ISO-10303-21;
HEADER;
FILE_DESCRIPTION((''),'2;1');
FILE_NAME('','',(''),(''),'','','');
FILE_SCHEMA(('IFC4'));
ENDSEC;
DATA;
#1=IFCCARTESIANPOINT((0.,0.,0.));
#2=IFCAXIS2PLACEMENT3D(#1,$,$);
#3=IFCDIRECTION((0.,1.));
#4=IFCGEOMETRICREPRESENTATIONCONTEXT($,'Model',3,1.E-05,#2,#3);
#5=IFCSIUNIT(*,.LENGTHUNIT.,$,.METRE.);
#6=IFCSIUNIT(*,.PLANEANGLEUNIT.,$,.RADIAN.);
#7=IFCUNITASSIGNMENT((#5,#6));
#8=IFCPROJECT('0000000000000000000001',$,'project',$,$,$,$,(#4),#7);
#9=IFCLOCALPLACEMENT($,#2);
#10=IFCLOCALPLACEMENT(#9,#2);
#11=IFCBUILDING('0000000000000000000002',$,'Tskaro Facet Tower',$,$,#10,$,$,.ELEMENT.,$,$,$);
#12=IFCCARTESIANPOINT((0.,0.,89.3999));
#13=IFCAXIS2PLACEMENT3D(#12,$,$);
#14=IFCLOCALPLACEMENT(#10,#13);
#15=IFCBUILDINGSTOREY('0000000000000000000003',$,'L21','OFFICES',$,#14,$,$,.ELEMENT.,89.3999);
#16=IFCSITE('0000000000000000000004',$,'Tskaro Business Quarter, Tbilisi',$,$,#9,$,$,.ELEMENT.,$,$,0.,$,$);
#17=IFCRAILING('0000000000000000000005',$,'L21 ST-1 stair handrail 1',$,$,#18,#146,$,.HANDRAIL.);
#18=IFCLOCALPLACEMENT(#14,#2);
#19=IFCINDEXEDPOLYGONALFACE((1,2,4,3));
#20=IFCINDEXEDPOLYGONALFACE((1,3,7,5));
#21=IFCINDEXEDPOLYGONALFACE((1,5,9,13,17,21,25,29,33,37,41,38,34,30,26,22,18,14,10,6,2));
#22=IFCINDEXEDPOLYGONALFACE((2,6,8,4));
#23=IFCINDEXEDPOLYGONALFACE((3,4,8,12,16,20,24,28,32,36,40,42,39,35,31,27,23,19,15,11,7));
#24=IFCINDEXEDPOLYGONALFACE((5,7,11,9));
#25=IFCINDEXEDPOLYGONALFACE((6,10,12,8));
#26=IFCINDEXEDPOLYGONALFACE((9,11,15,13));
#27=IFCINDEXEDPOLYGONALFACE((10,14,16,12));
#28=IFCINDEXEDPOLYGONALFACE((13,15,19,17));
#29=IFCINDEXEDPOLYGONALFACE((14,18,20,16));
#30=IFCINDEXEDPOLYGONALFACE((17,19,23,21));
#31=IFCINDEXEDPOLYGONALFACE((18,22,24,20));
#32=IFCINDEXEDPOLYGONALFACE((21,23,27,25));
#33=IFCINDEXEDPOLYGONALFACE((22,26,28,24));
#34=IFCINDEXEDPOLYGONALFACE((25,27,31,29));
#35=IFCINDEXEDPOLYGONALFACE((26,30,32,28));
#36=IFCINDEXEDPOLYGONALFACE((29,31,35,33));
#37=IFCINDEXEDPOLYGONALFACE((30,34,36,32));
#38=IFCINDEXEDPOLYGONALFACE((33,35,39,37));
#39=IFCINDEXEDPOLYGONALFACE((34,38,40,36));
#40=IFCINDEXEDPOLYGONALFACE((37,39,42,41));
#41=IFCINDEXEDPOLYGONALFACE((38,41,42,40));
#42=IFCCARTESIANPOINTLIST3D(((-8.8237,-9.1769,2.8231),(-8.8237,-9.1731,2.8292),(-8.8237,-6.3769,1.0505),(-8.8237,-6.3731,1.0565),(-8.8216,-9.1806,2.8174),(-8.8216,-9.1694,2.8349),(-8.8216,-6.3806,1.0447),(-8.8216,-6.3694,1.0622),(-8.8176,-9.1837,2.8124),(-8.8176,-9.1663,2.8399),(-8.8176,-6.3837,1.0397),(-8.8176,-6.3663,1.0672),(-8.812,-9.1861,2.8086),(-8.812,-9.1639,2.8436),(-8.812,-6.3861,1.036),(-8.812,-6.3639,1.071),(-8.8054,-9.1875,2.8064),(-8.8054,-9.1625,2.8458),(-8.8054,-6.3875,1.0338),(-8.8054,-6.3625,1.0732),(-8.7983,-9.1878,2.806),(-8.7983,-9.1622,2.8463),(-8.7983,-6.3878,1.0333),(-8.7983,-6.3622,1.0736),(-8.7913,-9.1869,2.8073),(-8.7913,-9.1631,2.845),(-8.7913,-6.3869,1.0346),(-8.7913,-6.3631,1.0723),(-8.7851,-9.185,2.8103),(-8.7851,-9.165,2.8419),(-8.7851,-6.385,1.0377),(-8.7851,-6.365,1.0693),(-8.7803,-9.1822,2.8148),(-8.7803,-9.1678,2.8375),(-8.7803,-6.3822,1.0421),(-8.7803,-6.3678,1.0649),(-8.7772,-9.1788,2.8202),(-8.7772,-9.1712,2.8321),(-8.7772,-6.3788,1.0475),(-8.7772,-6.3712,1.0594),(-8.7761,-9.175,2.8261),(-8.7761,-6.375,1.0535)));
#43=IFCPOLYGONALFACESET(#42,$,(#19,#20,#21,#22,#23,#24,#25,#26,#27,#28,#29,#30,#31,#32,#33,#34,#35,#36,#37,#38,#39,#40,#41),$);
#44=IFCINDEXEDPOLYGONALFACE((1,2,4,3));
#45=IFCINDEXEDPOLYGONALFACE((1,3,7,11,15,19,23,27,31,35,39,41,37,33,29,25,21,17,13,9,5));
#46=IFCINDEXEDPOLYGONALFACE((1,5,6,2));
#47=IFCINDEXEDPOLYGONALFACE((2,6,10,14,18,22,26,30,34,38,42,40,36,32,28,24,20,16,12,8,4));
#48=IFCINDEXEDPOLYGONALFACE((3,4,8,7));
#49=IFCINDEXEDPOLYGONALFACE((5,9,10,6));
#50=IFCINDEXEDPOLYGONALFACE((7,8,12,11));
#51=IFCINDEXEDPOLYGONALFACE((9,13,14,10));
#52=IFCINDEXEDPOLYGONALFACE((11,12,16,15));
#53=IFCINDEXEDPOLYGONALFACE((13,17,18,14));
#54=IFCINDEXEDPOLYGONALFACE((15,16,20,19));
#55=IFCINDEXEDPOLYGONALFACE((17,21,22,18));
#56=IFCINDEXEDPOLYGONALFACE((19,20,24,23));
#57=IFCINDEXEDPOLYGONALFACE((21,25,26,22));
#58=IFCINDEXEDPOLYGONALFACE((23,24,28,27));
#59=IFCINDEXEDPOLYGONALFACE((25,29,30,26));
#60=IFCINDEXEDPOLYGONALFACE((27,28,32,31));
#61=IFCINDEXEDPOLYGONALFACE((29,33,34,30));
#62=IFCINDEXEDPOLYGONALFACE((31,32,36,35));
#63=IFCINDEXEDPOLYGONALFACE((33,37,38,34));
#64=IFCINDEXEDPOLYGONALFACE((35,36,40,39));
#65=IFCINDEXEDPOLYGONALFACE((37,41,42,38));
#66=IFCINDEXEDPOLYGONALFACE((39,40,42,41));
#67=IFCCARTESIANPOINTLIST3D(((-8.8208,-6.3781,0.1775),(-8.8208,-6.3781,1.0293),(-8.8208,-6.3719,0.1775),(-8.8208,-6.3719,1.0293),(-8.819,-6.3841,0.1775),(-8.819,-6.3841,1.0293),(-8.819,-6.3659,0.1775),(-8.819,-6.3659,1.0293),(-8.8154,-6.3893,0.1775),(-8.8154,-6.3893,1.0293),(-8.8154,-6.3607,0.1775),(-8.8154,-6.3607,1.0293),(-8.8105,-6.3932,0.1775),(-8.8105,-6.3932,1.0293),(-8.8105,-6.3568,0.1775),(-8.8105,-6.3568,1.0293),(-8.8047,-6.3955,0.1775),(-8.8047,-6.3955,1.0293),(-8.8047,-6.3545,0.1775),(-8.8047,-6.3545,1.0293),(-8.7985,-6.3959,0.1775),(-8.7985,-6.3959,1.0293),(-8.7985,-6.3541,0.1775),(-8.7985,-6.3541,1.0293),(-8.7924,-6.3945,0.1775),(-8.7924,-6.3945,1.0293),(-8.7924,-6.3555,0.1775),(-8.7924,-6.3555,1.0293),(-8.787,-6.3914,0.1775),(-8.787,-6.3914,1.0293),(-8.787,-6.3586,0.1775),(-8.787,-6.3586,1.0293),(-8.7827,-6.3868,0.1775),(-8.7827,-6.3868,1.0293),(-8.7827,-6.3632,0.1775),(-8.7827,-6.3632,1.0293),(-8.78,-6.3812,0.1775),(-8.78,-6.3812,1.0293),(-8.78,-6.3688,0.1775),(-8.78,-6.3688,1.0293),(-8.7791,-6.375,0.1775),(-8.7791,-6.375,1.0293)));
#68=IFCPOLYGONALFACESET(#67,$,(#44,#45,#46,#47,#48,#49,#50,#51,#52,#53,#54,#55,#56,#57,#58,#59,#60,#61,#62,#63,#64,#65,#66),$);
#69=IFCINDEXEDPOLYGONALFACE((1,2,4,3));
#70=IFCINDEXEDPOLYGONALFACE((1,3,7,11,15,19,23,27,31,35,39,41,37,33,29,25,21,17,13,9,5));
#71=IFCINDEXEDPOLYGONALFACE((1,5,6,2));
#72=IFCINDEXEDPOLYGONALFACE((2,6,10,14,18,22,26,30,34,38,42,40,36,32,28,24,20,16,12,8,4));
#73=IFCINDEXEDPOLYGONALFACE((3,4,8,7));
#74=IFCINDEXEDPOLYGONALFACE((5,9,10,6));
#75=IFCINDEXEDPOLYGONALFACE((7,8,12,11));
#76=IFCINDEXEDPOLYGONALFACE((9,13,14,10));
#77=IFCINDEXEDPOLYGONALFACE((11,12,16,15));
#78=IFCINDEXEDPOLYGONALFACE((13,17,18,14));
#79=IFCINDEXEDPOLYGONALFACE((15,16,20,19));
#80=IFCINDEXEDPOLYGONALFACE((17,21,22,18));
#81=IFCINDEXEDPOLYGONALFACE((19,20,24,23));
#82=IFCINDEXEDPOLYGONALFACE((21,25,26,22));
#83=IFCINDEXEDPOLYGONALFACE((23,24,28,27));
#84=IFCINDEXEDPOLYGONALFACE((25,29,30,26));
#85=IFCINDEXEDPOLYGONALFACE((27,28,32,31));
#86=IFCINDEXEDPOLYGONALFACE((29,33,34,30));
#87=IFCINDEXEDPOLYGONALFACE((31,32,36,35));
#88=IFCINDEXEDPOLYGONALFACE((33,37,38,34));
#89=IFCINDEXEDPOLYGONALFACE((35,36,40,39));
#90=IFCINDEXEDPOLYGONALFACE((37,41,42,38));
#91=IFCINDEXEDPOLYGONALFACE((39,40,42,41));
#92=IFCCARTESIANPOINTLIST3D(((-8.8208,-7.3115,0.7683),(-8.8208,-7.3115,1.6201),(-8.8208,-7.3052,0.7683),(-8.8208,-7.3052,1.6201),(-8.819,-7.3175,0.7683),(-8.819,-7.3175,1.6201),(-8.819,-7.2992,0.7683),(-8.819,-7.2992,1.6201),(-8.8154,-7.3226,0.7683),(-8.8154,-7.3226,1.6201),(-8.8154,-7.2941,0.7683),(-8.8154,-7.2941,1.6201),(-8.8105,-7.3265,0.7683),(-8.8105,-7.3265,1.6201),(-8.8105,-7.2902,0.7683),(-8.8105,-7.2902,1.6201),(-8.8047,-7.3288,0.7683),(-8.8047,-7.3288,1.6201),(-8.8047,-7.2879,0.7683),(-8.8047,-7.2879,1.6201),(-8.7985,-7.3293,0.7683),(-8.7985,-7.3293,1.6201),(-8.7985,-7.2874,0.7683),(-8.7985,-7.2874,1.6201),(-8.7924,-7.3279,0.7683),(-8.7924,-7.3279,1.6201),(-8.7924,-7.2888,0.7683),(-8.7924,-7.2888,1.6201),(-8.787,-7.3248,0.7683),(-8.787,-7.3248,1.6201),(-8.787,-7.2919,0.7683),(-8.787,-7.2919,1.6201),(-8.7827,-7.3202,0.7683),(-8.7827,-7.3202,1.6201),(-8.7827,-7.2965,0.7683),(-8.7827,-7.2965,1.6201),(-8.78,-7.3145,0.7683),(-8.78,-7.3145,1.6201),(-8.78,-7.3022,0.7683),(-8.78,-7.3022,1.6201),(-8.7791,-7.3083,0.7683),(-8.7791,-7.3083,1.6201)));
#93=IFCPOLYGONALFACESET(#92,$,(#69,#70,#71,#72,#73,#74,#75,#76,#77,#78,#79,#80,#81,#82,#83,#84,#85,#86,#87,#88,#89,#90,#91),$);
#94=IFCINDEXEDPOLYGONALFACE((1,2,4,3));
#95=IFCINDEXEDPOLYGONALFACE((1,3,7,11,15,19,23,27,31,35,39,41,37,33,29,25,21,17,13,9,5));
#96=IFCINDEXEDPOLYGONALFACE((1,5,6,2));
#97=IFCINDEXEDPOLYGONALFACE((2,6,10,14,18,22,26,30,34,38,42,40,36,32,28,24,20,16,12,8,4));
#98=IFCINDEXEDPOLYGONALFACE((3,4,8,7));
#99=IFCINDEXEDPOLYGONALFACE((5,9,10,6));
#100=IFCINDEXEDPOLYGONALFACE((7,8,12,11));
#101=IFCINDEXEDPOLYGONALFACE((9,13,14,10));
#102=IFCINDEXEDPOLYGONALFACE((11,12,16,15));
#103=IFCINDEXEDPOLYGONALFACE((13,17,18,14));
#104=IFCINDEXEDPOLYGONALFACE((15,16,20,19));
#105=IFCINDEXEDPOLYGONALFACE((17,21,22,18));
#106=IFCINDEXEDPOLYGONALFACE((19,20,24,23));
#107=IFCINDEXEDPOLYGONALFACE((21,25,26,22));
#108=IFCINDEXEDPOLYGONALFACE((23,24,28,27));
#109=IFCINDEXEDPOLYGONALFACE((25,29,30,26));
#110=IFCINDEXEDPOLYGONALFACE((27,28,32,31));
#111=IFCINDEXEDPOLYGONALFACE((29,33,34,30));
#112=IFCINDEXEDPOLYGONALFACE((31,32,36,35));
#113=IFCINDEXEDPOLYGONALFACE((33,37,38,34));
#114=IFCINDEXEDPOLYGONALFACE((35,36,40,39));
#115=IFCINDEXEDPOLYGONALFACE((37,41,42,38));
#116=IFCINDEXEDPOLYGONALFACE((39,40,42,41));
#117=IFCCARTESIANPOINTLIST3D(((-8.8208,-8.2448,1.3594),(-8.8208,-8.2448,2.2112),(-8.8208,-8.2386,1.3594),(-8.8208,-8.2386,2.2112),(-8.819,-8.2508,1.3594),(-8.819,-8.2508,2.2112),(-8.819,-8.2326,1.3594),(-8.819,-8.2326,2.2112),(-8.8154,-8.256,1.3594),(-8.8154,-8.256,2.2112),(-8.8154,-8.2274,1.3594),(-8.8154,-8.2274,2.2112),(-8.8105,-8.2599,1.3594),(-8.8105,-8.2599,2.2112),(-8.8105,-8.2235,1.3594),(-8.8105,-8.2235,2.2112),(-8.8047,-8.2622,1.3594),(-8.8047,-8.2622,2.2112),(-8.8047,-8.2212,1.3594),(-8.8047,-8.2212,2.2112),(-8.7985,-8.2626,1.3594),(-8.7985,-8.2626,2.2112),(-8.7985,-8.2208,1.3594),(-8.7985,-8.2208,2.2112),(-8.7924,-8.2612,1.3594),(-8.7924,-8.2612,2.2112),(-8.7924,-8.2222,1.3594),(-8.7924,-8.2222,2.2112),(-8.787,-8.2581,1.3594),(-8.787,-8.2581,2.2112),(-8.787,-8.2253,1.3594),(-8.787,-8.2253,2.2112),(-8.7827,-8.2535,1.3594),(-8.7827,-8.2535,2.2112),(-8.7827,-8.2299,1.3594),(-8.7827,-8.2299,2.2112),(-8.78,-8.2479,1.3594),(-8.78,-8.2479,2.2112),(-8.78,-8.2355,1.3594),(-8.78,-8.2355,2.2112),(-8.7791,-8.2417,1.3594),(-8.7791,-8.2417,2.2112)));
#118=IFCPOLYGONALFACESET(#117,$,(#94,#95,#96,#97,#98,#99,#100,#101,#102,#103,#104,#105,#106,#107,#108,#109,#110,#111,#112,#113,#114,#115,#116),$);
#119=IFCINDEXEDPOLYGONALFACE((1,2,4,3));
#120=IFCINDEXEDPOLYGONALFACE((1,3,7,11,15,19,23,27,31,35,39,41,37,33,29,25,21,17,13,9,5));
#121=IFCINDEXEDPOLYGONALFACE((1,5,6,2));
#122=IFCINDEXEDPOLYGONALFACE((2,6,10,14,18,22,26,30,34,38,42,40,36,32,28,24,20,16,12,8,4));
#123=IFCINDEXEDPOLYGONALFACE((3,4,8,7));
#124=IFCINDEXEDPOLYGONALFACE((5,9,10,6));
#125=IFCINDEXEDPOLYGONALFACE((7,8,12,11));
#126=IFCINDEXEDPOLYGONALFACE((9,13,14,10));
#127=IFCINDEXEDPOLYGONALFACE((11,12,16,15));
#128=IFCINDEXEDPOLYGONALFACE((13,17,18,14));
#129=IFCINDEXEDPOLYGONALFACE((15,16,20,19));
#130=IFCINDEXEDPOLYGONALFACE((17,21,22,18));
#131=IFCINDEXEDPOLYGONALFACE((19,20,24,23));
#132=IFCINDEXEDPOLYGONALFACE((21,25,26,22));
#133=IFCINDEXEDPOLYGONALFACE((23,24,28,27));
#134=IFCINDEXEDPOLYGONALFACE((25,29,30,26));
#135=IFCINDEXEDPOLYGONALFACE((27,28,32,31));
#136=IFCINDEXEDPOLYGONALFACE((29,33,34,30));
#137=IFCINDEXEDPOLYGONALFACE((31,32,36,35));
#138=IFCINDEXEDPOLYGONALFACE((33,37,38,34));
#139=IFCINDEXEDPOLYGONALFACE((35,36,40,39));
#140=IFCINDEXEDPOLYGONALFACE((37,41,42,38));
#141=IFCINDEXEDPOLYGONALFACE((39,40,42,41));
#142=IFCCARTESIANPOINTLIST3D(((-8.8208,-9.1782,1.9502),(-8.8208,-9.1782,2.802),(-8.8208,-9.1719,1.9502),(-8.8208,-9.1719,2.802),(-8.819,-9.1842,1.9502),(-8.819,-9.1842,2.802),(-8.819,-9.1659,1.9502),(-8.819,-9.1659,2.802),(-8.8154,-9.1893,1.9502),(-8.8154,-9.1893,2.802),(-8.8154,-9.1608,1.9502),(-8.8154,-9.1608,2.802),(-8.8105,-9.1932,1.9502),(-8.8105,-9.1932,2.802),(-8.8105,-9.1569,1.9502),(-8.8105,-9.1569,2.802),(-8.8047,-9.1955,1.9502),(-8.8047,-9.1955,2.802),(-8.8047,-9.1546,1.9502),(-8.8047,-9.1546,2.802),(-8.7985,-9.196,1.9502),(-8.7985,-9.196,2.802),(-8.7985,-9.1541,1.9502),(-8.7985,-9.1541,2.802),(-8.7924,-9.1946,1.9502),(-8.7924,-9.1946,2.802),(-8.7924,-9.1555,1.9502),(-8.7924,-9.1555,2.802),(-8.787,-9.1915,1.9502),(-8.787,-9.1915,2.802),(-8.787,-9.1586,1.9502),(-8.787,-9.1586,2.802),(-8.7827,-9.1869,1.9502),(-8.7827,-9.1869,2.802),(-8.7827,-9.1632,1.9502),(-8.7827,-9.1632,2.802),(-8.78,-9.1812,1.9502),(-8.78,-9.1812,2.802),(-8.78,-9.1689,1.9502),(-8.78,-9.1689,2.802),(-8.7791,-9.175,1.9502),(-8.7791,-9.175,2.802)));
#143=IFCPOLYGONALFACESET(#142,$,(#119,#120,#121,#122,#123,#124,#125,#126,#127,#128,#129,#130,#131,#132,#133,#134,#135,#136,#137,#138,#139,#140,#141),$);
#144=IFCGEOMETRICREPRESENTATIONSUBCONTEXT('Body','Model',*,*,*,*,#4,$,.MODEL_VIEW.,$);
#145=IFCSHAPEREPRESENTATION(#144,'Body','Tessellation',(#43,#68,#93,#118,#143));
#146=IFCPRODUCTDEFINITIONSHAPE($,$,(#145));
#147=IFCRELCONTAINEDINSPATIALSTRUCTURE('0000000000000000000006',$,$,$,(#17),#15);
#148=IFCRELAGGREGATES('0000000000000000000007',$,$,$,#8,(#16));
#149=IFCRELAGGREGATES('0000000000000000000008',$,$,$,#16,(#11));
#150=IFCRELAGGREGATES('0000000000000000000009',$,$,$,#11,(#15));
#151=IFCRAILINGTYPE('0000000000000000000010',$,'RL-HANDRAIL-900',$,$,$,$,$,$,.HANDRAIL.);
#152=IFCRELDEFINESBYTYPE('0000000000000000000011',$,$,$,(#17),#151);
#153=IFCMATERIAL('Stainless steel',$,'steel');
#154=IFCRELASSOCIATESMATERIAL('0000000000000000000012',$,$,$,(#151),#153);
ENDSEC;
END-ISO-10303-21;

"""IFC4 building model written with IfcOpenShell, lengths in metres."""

from ifc_helpers import new_model, si_unit, direction, frame, origin, origin_2d, place, context, subcontext, project, spatial, circle, extrude, material, type_object, element, save


model = new_model("IFC4")

# Units and contexts
model_context = context("Model", 3, precision=1e-05, world=origin(), true_north=direction((0.0, 1.0)))
body_context = subcontext(model_context, "Body", "Model", "MODEL_VIEW")
ifc_project = project(units=[si_unit("LENGTHUNIT", "METRE"), si_unit("PLANEANGLEUNIT", "RADIAN")], contexts=[model_context])

# Site, building, storey
site_placement = place(None, origin())
site = spatial("IfcSite", under=ifc_project, at=site_placement, Name="Tskaro Business Quarter, Tbilisi", CompositionType="ELEMENT", RefElevation=0.0)
building_placement = place(site_placement, origin())
building = spatial("IfcBuilding", under=site, at=building_placement, Name="Tskaro Facet Tower", CompositionType="ELEMENT")
storey_placement = place(building_placement, frame((0.0, 0.0, 89.3999)))
storey = spatial("IfcBuildingStorey", under=building, at=storey_placement, Name="L21", Description="OFFICES", CompositionType="ELEMENT", Elevation=89.3999)

# Shared definitions
ifc_material_1 = material(Name="Stainless steel", Category="steel")

# Railing
railing_type_1 = type_object("IfcRailingType", Name="RL-HANDRAIL-900", PredefinedType="HANDRAIL", material=ifc_material_1)
railing_1_placement = place(storey_placement, frame((-8.8, -6.375, 0.1775)))
element("IfcRailing", 1, at=railing_1_placement, inside=storey, type_object=railing_type_1, Name="L21 ST-1 stair handrail 1", PredefinedType="HANDRAIL", context=body_context, shape_type="SweptSolid", body=[
    extrude(circle(Radius=0.0239, at=origin_2d()), frame((0.0, 0.0, 0.876), z_axis=(0.0, -0.844909, 0.53491), x_axis=(1.0, 0.0, 0.0)), (0.0, 0.0, 1.0), 3.314),
    extrude(circle(Radius=0.021, at=origin_2d()), origin(), (0.0, 0.0, 1.0), 0.8518),
    extrude(circle(Radius=0.021, at=origin_2d()), frame((0.0, -0.9333, 0.5908)), (0.0, 0.0, 1.0), 0.8518),
    extrude(circle(Radius=0.021, at=origin_2d()), frame((0.0, -1.8667, 1.1819)), (0.0, 0.0, 1.0), 0.8518),
    extrude(circle(Radius=0.021, at=origin_2d()), frame((0.0, -2.8, 1.7727)), (0.0, 0.0, 1.0), 0.8518),
])

save(model, "model.ifc")
